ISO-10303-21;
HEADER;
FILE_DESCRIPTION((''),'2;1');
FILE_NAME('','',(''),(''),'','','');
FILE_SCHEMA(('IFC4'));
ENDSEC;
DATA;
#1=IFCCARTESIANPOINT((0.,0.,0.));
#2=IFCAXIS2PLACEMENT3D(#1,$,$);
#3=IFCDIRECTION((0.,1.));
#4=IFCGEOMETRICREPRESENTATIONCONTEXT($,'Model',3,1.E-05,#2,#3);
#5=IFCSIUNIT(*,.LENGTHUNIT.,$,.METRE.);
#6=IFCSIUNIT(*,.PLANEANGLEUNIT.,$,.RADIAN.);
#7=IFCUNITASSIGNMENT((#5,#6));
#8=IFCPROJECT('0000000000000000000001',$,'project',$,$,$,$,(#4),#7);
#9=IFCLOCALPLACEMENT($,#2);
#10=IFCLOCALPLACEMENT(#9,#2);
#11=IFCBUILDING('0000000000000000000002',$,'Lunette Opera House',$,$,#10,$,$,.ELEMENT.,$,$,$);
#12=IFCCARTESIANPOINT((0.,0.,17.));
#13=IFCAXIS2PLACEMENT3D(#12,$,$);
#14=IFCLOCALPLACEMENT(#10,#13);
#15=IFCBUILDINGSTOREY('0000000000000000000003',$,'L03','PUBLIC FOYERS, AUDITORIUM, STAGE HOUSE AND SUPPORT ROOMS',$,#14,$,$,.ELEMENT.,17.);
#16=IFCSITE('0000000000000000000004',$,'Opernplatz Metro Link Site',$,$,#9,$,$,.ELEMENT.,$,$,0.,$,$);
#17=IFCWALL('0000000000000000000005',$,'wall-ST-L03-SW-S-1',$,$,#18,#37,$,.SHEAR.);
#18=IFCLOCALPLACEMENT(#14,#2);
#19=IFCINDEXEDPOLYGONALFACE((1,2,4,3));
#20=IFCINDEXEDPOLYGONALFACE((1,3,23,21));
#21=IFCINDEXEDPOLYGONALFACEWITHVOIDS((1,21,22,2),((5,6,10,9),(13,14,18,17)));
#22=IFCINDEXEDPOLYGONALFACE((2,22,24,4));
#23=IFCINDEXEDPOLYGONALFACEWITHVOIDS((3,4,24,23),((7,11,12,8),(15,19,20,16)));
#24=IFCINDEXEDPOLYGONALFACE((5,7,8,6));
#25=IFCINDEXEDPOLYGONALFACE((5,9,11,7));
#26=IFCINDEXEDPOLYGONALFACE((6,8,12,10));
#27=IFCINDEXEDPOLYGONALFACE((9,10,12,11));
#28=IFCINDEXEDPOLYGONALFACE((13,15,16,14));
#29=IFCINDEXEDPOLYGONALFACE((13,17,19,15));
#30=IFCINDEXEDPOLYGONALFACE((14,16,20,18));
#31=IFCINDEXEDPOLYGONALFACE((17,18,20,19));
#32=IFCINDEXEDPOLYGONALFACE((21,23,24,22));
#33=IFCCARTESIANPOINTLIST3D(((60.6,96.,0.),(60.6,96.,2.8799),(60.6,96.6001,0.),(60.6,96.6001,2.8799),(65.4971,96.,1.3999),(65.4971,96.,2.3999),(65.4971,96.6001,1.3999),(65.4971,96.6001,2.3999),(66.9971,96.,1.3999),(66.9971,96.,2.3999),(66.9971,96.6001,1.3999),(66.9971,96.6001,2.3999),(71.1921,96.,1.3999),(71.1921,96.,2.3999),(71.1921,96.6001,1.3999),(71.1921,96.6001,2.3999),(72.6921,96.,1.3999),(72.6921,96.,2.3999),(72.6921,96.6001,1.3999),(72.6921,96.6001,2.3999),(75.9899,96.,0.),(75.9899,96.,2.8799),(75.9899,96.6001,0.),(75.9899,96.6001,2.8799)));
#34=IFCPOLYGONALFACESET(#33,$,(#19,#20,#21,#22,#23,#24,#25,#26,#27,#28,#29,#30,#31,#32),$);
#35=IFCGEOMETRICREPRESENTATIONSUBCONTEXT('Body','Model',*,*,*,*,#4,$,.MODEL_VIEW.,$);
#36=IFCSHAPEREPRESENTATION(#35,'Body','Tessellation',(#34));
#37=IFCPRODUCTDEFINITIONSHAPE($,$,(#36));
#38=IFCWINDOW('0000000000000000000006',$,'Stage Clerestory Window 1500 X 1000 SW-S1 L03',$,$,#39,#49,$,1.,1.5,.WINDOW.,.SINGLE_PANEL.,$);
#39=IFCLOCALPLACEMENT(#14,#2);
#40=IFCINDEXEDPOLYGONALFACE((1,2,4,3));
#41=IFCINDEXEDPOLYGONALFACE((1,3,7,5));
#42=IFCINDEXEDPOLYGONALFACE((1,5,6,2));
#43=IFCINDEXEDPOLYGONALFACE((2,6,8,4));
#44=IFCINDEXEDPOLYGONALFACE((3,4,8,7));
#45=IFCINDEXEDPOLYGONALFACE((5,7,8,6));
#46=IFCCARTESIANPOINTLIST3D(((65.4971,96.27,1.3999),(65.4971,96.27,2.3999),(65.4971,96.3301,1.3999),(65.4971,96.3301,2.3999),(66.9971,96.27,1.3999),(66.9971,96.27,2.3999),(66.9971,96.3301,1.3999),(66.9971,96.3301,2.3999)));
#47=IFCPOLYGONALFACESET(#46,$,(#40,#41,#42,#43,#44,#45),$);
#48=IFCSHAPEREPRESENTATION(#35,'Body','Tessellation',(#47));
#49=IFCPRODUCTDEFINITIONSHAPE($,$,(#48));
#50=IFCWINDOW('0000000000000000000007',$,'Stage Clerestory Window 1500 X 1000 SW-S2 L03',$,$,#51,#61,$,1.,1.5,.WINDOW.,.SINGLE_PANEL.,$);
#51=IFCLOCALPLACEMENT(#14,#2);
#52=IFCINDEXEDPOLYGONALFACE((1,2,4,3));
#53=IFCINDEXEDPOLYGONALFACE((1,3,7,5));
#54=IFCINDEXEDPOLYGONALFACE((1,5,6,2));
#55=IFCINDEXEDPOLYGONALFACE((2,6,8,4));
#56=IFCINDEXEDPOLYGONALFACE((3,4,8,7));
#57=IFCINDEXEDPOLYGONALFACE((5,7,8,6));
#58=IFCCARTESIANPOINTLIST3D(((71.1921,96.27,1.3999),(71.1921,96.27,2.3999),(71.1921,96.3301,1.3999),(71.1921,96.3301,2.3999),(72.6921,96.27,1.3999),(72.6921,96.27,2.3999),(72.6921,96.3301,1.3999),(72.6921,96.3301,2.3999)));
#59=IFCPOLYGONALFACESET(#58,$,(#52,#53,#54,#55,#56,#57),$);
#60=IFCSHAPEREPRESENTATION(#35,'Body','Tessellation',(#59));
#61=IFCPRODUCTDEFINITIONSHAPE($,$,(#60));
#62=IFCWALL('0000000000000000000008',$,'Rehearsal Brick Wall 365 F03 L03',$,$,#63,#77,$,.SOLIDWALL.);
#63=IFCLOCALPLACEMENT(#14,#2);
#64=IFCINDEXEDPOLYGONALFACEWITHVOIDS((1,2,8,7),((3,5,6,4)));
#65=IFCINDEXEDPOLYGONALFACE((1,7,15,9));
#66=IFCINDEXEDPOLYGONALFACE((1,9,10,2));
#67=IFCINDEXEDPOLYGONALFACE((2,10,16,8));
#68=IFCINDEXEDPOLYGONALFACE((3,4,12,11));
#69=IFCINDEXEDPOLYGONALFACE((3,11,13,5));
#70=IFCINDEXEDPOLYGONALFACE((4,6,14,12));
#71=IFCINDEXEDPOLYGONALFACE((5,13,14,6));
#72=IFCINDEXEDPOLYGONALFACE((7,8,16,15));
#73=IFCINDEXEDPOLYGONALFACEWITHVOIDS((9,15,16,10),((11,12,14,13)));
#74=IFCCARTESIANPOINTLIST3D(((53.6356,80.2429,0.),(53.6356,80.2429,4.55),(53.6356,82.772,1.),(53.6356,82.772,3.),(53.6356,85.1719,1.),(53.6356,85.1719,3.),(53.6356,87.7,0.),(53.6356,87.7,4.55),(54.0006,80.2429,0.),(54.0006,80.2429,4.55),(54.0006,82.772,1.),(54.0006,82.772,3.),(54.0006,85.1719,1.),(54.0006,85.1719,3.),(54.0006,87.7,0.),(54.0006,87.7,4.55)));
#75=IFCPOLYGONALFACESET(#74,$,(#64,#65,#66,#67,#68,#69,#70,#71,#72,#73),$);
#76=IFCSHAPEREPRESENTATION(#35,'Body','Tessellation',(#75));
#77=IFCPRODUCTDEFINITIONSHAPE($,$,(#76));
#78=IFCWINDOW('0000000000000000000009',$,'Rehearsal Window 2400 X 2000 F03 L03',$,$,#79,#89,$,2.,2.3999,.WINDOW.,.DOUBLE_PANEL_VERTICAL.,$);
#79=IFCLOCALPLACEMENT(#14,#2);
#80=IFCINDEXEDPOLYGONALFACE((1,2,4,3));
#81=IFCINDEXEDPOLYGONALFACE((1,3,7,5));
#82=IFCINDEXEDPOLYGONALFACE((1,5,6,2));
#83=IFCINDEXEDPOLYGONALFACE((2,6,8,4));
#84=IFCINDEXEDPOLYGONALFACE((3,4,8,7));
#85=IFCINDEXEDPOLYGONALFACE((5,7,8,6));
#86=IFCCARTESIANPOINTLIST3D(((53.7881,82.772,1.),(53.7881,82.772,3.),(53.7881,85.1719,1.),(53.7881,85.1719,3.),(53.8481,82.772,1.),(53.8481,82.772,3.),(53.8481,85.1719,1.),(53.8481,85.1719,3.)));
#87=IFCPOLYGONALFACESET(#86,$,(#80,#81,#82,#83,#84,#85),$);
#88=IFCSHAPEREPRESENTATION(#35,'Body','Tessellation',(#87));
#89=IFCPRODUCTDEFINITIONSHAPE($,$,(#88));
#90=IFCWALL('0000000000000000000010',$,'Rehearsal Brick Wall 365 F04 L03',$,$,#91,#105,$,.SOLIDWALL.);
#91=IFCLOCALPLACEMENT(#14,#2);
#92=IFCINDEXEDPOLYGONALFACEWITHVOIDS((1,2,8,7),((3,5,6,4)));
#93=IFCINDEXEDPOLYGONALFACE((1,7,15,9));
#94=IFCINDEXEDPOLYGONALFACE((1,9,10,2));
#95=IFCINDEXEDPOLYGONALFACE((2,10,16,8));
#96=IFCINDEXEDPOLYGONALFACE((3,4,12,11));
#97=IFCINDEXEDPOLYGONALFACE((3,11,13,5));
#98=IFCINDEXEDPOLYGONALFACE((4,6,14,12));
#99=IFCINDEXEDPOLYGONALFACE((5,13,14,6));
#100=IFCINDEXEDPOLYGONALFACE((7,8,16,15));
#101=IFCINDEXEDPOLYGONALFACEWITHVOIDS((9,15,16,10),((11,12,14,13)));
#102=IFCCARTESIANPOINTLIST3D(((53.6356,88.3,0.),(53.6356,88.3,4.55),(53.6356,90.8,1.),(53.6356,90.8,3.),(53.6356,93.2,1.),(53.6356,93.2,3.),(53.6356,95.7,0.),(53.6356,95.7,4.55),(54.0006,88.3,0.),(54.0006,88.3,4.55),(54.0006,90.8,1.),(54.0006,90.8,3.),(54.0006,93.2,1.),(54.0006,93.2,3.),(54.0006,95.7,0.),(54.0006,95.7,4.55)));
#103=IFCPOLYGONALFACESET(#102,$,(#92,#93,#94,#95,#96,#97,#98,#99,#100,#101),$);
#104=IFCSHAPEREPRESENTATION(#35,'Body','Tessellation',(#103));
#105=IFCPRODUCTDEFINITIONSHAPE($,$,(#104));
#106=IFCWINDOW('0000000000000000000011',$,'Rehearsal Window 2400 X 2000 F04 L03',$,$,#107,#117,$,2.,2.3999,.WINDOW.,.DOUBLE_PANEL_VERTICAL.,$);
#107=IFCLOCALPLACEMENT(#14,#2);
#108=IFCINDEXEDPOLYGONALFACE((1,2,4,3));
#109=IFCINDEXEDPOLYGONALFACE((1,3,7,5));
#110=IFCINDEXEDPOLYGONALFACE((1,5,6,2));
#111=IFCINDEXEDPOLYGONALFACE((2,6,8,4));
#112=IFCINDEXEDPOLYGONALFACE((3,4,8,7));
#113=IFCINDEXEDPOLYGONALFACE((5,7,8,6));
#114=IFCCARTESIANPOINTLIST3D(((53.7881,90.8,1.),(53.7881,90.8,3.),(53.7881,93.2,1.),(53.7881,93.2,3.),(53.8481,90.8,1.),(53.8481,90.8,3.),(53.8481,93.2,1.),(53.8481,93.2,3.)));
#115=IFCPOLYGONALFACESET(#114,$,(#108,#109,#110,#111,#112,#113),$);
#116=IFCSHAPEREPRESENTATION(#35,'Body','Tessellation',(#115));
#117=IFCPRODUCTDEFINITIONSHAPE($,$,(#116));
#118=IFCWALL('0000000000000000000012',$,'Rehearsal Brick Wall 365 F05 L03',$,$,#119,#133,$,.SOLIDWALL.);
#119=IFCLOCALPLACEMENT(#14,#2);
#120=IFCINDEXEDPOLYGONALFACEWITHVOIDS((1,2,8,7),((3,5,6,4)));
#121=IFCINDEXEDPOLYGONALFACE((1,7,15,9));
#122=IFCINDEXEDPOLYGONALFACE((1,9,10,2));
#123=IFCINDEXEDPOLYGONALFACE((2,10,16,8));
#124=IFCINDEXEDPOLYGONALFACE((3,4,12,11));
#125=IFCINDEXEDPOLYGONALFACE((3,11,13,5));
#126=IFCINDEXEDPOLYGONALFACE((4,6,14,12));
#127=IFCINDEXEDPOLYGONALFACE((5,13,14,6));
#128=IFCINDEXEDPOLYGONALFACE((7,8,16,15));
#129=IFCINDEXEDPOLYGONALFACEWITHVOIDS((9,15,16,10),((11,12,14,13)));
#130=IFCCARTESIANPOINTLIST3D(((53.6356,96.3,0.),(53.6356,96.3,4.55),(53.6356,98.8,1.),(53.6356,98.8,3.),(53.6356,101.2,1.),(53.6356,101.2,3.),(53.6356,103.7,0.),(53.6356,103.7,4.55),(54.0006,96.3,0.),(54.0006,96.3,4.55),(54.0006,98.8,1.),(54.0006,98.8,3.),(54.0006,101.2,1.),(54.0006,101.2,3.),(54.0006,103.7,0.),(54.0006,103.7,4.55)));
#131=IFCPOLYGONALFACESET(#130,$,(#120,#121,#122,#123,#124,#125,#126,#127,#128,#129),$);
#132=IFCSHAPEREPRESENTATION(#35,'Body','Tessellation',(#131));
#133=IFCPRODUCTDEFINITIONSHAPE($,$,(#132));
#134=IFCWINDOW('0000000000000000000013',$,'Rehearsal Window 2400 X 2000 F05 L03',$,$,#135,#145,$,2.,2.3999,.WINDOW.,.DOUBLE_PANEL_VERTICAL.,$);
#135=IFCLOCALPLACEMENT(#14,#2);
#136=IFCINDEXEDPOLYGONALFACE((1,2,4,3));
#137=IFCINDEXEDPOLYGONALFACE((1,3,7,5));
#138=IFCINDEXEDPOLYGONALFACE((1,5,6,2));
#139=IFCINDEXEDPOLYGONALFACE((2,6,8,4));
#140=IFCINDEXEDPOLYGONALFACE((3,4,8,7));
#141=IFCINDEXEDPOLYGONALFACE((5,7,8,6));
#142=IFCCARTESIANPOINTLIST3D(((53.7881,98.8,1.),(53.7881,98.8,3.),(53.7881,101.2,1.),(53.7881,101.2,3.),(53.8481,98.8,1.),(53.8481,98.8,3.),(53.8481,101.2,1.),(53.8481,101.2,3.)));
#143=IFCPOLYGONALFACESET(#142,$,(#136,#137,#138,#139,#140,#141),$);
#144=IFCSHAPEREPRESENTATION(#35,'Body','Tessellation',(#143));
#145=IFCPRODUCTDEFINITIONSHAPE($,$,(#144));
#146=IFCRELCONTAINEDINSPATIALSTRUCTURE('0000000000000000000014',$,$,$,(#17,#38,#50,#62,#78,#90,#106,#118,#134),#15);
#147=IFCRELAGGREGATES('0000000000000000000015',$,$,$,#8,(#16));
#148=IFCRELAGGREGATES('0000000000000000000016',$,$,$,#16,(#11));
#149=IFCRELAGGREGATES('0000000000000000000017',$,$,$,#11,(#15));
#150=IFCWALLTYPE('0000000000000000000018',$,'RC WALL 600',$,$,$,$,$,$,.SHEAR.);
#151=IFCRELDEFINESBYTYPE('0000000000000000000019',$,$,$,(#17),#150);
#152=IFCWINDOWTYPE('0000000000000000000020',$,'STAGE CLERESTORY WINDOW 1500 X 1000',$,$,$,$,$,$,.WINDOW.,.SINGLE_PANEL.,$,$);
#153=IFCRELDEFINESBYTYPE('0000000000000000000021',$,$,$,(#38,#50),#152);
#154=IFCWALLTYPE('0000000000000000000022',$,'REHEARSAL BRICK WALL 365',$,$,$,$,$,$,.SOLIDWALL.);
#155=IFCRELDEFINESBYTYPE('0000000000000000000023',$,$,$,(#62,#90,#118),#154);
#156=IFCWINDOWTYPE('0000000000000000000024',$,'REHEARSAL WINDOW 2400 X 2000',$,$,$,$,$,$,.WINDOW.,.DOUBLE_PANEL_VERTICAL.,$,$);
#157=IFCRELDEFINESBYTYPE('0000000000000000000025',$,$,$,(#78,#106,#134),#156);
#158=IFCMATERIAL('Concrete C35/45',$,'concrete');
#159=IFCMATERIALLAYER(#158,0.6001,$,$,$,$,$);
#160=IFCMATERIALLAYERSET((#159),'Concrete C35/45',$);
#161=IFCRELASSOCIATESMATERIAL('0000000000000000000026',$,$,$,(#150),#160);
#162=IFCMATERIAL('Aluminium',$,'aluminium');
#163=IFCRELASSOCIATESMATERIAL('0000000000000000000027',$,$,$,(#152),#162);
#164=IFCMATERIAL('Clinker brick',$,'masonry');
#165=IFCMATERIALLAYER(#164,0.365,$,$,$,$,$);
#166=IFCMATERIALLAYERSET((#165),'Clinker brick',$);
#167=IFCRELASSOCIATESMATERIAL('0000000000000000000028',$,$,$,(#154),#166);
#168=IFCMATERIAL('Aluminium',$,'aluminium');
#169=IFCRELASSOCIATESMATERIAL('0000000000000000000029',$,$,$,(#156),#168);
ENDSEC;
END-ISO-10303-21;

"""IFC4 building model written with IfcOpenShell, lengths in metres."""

from ifc_helpers import new_model, si_unit, direction, frame, frame_2d, origin, place, context, subcontext, project, spatial, rectangle, extrude, material, layer, layer_set, type_object, element, fill, save


model = new_model("IFC4")

# Units and contexts
model_context = context("Model", 3, precision=1e-05, world=origin(), true_north=direction((0.0, 1.0)))
body_context = subcontext(model_context, "Body", "Model", "MODEL_VIEW")
ifc_project = project(units=[si_unit("LENGTHUNIT", "METRE"), si_unit("PLANEANGLEUNIT", "RADIAN")], contexts=[model_context])

# Site, building, storey
site_placement = place(None, origin())
site = spatial("IfcSite", under=ifc_project, at=site_placement, Name="Opernplatz Metro Link Site", CompositionType="ELEMENT", RefElevation=0.0)
building_placement = place(site_placement, origin())
building = spatial("IfcBuilding", under=site, at=building_placement, Name="Lunette Opera House", CompositionType="ELEMENT")
storey_placement = place(building_placement, frame((0.0, 0.0, 17.0)))
storey = spatial("IfcBuildingStorey", under=building, at=storey_placement, Name="L03", Description="PUBLIC FOYERS, AUDITORIUM, STAGE HOUSE AND SUPPORT ROOMS", CompositionType="ELEMENT", Elevation=17.0)

# Wall, openings, windows
ifc_material_1 = material(Name="Concrete C35/45", Category="concrete")
ifc_layer_1 = layer(ifc_material_1, 0.6001)
ifc_layer_set_1 = layer_set([ifc_layer_1], Name="Concrete C35/45")
wall_type_1 = type_object("IfcWallType", Name="RC WALL 600", PredefinedType="SHEAR", material=ifc_layer_set_1)
wall_1_placement = place(storey_placement, frame((60.6001, 96.3, 0.0), z_axis=(0.0, 0.0, 1.0), x_axis=(1.0, 0.0, 0.0)))
wall_1 = element("IfcWall", 1, at=wall_1_placement, inside=storey, type_object=wall_type_1, Name="wall-ST-L03-SW-S-1", PredefinedType="SHEAR", context=body_context, shape_type="SweptSolid", body=[
    extrude(rectangle(XDim=15.3899, YDim=0.6001, at=frame_2d((7.6948, 0.0))), origin(), (0.0, 0.0, 1.0), 2.8799),
])
opening_1_placement = place(wall_1_placement, frame((4.897, 0.0, 1.3999)))
opening_1 = element("IfcOpeningElement", 2, at=opening_1_placement, cuts=wall_1, PredefinedType="OPENING", context=body_context, shape_type="SweptSolid", body=[
    extrude(rectangle(XDim=1.5, YDim=1.0, at=frame_2d((0.75, 0.5))), frame((0.0, 0.312, 0.0), z_axis=(0.0, -1.0, 0.0), x_axis=(1.0, 0.0, 0.0)), (0.0, 0.0, 1.0), 0.624),
])
opening_2_placement = place(wall_1_placement, frame((10.592, 0.0, 1.3999)))
opening_2 = element("IfcOpeningElement", 3, at=opening_2_placement, cuts=wall_1, PredefinedType="OPENING", context=body_context, shape_type="SweptSolid", body=[
    extrude(rectangle(XDim=1.5, YDim=1.0, at=frame_2d((0.75, 0.5))), frame((0.0, 0.312, 0.0), z_axis=(0.0, -1.0, 0.0), x_axis=(1.0, 0.0, 0.0)), (0.0, 0.0, 1.0), 0.624),
])
ifc_material_2 = material(Name="Aluminium", Category="aluminium")
window_type_1 = type_object("IfcWindowType", Name="STAGE CLERESTORY WINDOW 1500 X 1000", PartitioningType="SINGLE_PANEL", PredefinedType="WINDOW", material=ifc_material_2)
window_1_placement = place(opening_1_placement, origin())
window_1 = element("IfcWindow", 4, at=window_1_placement, inside=storey, type_object=window_type_1, Name="Stage Clerestory Window 1500 X 1000 SW-S1 L03", OverallHeight=1.0, OverallWidth=1.5, PartitioningType="SINGLE_PANEL", PredefinedType="WINDOW", context=body_context, shape_type="SweptSolid", body=[
    extrude(rectangle(XDim=1.5, YDim=1.0, at=frame_2d((0.75, 0.5))), frame((0.0, 0.03, 0.0), z_axis=(0.0, -1.0, 0.0), x_axis=(1.0, 0.0, 0.0)), (0.0, 0.0, 1.0), 0.0601),
])
fill(opening_1, window_1)
window_2_placement = place(opening_2_placement, origin())
window_2 = element("IfcWindow", 5, at=window_2_placement, inside=storey, type_object=window_type_1, Name="Stage Clerestory Window 1500 X 1000 SW-S2 L03", OverallHeight=1.0, OverallWidth=1.5, PartitioningType="SINGLE_PANEL", PredefinedType="WINDOW", context=body_context, shape_type="SweptSolid", body=[
    extrude(rectangle(XDim=1.5, YDim=1.0, at=frame_2d((0.75, 0.5))), frame((0.0, 0.03, 0.0), z_axis=(0.0, -1.0, 0.0), x_axis=(1.0, 0.0, 0.0)), (0.0, 0.0, 1.0), 0.0601),
])
fill(opening_2, window_2)

# Walls, openings, windows
ifc_material_3 = material(Name="Clinker brick", Category="masonry")
ifc_layer_2 = layer(ifc_material_3, 0.365)
ifc_layer_set_2 = layer_set([ifc_layer_2], Name="Clinker brick")
wall_type_2 = type_object("IfcWallType", Name="REHEARSAL BRICK WALL 365", PredefinedType="SOLIDWALL", material=ifc_layer_set_2)
wall_2_placement = place(storey_placement, frame((53.8181, 80.2429, 0.0), z_axis=(0.0, 0.0, 1.0), x_axis=(0.0, 1.0, 0.0)))
wall_2 = element("IfcWall", 6, at=wall_2_placement, inside=storey, type_object=wall_type_2, Name="Rehearsal Brick Wall 365 F03 L03", PredefinedType="SOLIDWALL", context=body_context, shape_type="SweptSolid", body=[
    extrude(rectangle(XDim=7.457, YDim=0.365, at=frame_2d((3.7285, 0.0))), origin(), (0.0, 0.0, 1.0), 4.55),
])
opening_3_placement = place(wall_2_placement, frame((2.5291, 0.0, 1.0)))
opening_3 = element("IfcOpeningElement", 7, at=opening_3_placement, cuts=wall_2, PredefinedType="OPENING", context=body_context, shape_type="SweptSolid", body=[
    extrude(rectangle(XDim=2.3999, YDim=2.0, at=frame_2d((1.2, 1.0))), frame((0.0, 0.1946, 0.0), z_axis=(0.0, -1.0, 0.0), x_axis=(1.0, 0.0, 0.0)), (0.0, 0.0, 1.0), 0.3889),
])
ifc_material_4 = material(Name="Aluminium", Category="aluminium")
window_type_2 = type_object("IfcWindowType", Name="REHEARSAL WINDOW 2400 X 2000", PartitioningType="DOUBLE_PANEL_VERTICAL", PredefinedType="WINDOW", material=ifc_material_4)
window_3_placement = place(opening_3_placement, origin())
window_3 = element("IfcWindow", 8, at=window_3_placement, inside=storey, type_object=window_type_2, Name="Rehearsal Window 2400 X 2000 F03 L03", OverallHeight=2.0, OverallWidth=2.3999, PartitioningType="DOUBLE_PANEL_VERTICAL", PredefinedType="WINDOW", context=body_context, shape_type="SweptSolid", body=[
    extrude(rectangle(XDim=2.3999, YDim=2.0, at=frame_2d((1.2, 1.0))), frame((0.0, 0.03, 0.0), z_axis=(0.0, -1.0, 0.0), x_axis=(1.0, 0.0, 0.0)), (0.0, 0.0, 1.0), 0.0601),
])
fill(opening_3, window_3)
wall_3_placement = place(storey_placement, frame((53.8181, 88.3, 0.0), z_axis=(0.0, 0.0, 1.0), x_axis=(0.0, 1.0, 0.0)))
wall_3 = element("IfcWall", 9, at=wall_3_placement, inside=storey, type_object=wall_type_2, Name="Rehearsal Brick Wall 365 F04 L03", PredefinedType="SOLIDWALL", context=body_context, shape_type="SweptSolid", body=[
    extrude(rectangle(XDim=7.3999, YDim=0.365, at=frame_2d((3.7, 0.0))), origin(), (0.0, 0.0, 1.0), 4.55),
])
opening_4_placement = place(wall_3_placement, frame((2.5, 0.0, 1.0)))
opening_4 = element("IfcOpeningElement", 10, at=opening_4_placement, cuts=wall_3, PredefinedType="OPENING", context=body_context, shape_type="SweptSolid", body=[
    extrude(rectangle(XDim=2.3999, YDim=2.0, at=frame_2d((1.2, 1.0))), frame((0.0, 0.1946, 0.0), z_axis=(0.0, -1.0, 0.0), x_axis=(1.0, 0.0, 0.0)), (0.0, 0.0, 1.0), 0.3889),
])
window_4_placement = place(opening_4_placement, origin())
window_4 = element("IfcWindow", 11, at=window_4_placement, inside=storey, type_object=window_type_2, Name="Rehearsal Window 2400 X 2000 F04 L03", OverallHeight=2.0, OverallWidth=2.3999, PartitioningType="DOUBLE_PANEL_VERTICAL", PredefinedType="WINDOW", context=body_context, shape_type="SweptSolid", body=[
    extrude(rectangle(XDim=2.3999, YDim=2.0, at=frame_2d((1.2, 1.0))), frame((0.0, 0.03, 0.0), z_axis=(0.0, -1.0, 0.0), x_axis=(1.0, 0.0, 0.0)), (0.0, 0.0, 1.0), 0.0601),
])
fill(opening_4, window_4)
wall_4_placement = place(storey_placement, frame((53.8181, 96.3, 0.0), z_axis=(0.0, 0.0, 1.0), x_axis=(0.0, 1.0, 0.0)))
wall_4 = element("IfcWall", 12, at=wall_4_placement, inside=storey, type_object=wall_type_2, Name="Rehearsal Brick Wall 365 F05 L03", PredefinedType="SOLIDWALL", context=body_context, shape_type="SweptSolid", body=[
    extrude(rectangle(XDim=7.3999, YDim=0.365, at=frame_2d((3.7, 0.0))), origin(), (0.0, 0.0, 1.0), 4.55),
])
opening_5_placement = place(wall_4_placement, frame((2.5, 0.0, 1.0)))
opening_5 = element("IfcOpeningElement", 13, at=opening_5_placement, cuts=wall_4, PredefinedType="OPENING", context=body_context, shape_type="SweptSolid", body=[
    extrude(rectangle(XDim=2.3999, YDim=2.0, at=frame_2d((1.2, 1.0))), frame((0.0, 0.1946, 0.0), z_axis=(0.0, -1.0, 0.0), x_axis=(1.0, 0.0, 0.0)), (0.0, 0.0, 1.0), 0.3889),
])
window_5_placement = place(opening_5_placement, origin())
window_5 = element("IfcWindow", 14, at=window_5_placement, inside=storey, type_object=window_type_2, Name="Rehearsal Window 2400 X 2000 F05 L03", OverallHeight=2.0, OverallWidth=2.3999, PartitioningType="DOUBLE_PANEL_VERTICAL", PredefinedType="WINDOW", context=body_context, shape_type="SweptSolid", body=[
    extrude(rectangle(XDim=2.3999, YDim=2.0, at=frame_2d((1.2, 1.0))), frame((0.0, 0.03, 0.0), z_axis=(0.0, -1.0, 0.0), x_axis=(1.0, 0.0, 0.0)), (0.0, 0.0, 1.0), 0.0601),
])
fill(opening_5, window_5)

save(model, "model.ifc")
